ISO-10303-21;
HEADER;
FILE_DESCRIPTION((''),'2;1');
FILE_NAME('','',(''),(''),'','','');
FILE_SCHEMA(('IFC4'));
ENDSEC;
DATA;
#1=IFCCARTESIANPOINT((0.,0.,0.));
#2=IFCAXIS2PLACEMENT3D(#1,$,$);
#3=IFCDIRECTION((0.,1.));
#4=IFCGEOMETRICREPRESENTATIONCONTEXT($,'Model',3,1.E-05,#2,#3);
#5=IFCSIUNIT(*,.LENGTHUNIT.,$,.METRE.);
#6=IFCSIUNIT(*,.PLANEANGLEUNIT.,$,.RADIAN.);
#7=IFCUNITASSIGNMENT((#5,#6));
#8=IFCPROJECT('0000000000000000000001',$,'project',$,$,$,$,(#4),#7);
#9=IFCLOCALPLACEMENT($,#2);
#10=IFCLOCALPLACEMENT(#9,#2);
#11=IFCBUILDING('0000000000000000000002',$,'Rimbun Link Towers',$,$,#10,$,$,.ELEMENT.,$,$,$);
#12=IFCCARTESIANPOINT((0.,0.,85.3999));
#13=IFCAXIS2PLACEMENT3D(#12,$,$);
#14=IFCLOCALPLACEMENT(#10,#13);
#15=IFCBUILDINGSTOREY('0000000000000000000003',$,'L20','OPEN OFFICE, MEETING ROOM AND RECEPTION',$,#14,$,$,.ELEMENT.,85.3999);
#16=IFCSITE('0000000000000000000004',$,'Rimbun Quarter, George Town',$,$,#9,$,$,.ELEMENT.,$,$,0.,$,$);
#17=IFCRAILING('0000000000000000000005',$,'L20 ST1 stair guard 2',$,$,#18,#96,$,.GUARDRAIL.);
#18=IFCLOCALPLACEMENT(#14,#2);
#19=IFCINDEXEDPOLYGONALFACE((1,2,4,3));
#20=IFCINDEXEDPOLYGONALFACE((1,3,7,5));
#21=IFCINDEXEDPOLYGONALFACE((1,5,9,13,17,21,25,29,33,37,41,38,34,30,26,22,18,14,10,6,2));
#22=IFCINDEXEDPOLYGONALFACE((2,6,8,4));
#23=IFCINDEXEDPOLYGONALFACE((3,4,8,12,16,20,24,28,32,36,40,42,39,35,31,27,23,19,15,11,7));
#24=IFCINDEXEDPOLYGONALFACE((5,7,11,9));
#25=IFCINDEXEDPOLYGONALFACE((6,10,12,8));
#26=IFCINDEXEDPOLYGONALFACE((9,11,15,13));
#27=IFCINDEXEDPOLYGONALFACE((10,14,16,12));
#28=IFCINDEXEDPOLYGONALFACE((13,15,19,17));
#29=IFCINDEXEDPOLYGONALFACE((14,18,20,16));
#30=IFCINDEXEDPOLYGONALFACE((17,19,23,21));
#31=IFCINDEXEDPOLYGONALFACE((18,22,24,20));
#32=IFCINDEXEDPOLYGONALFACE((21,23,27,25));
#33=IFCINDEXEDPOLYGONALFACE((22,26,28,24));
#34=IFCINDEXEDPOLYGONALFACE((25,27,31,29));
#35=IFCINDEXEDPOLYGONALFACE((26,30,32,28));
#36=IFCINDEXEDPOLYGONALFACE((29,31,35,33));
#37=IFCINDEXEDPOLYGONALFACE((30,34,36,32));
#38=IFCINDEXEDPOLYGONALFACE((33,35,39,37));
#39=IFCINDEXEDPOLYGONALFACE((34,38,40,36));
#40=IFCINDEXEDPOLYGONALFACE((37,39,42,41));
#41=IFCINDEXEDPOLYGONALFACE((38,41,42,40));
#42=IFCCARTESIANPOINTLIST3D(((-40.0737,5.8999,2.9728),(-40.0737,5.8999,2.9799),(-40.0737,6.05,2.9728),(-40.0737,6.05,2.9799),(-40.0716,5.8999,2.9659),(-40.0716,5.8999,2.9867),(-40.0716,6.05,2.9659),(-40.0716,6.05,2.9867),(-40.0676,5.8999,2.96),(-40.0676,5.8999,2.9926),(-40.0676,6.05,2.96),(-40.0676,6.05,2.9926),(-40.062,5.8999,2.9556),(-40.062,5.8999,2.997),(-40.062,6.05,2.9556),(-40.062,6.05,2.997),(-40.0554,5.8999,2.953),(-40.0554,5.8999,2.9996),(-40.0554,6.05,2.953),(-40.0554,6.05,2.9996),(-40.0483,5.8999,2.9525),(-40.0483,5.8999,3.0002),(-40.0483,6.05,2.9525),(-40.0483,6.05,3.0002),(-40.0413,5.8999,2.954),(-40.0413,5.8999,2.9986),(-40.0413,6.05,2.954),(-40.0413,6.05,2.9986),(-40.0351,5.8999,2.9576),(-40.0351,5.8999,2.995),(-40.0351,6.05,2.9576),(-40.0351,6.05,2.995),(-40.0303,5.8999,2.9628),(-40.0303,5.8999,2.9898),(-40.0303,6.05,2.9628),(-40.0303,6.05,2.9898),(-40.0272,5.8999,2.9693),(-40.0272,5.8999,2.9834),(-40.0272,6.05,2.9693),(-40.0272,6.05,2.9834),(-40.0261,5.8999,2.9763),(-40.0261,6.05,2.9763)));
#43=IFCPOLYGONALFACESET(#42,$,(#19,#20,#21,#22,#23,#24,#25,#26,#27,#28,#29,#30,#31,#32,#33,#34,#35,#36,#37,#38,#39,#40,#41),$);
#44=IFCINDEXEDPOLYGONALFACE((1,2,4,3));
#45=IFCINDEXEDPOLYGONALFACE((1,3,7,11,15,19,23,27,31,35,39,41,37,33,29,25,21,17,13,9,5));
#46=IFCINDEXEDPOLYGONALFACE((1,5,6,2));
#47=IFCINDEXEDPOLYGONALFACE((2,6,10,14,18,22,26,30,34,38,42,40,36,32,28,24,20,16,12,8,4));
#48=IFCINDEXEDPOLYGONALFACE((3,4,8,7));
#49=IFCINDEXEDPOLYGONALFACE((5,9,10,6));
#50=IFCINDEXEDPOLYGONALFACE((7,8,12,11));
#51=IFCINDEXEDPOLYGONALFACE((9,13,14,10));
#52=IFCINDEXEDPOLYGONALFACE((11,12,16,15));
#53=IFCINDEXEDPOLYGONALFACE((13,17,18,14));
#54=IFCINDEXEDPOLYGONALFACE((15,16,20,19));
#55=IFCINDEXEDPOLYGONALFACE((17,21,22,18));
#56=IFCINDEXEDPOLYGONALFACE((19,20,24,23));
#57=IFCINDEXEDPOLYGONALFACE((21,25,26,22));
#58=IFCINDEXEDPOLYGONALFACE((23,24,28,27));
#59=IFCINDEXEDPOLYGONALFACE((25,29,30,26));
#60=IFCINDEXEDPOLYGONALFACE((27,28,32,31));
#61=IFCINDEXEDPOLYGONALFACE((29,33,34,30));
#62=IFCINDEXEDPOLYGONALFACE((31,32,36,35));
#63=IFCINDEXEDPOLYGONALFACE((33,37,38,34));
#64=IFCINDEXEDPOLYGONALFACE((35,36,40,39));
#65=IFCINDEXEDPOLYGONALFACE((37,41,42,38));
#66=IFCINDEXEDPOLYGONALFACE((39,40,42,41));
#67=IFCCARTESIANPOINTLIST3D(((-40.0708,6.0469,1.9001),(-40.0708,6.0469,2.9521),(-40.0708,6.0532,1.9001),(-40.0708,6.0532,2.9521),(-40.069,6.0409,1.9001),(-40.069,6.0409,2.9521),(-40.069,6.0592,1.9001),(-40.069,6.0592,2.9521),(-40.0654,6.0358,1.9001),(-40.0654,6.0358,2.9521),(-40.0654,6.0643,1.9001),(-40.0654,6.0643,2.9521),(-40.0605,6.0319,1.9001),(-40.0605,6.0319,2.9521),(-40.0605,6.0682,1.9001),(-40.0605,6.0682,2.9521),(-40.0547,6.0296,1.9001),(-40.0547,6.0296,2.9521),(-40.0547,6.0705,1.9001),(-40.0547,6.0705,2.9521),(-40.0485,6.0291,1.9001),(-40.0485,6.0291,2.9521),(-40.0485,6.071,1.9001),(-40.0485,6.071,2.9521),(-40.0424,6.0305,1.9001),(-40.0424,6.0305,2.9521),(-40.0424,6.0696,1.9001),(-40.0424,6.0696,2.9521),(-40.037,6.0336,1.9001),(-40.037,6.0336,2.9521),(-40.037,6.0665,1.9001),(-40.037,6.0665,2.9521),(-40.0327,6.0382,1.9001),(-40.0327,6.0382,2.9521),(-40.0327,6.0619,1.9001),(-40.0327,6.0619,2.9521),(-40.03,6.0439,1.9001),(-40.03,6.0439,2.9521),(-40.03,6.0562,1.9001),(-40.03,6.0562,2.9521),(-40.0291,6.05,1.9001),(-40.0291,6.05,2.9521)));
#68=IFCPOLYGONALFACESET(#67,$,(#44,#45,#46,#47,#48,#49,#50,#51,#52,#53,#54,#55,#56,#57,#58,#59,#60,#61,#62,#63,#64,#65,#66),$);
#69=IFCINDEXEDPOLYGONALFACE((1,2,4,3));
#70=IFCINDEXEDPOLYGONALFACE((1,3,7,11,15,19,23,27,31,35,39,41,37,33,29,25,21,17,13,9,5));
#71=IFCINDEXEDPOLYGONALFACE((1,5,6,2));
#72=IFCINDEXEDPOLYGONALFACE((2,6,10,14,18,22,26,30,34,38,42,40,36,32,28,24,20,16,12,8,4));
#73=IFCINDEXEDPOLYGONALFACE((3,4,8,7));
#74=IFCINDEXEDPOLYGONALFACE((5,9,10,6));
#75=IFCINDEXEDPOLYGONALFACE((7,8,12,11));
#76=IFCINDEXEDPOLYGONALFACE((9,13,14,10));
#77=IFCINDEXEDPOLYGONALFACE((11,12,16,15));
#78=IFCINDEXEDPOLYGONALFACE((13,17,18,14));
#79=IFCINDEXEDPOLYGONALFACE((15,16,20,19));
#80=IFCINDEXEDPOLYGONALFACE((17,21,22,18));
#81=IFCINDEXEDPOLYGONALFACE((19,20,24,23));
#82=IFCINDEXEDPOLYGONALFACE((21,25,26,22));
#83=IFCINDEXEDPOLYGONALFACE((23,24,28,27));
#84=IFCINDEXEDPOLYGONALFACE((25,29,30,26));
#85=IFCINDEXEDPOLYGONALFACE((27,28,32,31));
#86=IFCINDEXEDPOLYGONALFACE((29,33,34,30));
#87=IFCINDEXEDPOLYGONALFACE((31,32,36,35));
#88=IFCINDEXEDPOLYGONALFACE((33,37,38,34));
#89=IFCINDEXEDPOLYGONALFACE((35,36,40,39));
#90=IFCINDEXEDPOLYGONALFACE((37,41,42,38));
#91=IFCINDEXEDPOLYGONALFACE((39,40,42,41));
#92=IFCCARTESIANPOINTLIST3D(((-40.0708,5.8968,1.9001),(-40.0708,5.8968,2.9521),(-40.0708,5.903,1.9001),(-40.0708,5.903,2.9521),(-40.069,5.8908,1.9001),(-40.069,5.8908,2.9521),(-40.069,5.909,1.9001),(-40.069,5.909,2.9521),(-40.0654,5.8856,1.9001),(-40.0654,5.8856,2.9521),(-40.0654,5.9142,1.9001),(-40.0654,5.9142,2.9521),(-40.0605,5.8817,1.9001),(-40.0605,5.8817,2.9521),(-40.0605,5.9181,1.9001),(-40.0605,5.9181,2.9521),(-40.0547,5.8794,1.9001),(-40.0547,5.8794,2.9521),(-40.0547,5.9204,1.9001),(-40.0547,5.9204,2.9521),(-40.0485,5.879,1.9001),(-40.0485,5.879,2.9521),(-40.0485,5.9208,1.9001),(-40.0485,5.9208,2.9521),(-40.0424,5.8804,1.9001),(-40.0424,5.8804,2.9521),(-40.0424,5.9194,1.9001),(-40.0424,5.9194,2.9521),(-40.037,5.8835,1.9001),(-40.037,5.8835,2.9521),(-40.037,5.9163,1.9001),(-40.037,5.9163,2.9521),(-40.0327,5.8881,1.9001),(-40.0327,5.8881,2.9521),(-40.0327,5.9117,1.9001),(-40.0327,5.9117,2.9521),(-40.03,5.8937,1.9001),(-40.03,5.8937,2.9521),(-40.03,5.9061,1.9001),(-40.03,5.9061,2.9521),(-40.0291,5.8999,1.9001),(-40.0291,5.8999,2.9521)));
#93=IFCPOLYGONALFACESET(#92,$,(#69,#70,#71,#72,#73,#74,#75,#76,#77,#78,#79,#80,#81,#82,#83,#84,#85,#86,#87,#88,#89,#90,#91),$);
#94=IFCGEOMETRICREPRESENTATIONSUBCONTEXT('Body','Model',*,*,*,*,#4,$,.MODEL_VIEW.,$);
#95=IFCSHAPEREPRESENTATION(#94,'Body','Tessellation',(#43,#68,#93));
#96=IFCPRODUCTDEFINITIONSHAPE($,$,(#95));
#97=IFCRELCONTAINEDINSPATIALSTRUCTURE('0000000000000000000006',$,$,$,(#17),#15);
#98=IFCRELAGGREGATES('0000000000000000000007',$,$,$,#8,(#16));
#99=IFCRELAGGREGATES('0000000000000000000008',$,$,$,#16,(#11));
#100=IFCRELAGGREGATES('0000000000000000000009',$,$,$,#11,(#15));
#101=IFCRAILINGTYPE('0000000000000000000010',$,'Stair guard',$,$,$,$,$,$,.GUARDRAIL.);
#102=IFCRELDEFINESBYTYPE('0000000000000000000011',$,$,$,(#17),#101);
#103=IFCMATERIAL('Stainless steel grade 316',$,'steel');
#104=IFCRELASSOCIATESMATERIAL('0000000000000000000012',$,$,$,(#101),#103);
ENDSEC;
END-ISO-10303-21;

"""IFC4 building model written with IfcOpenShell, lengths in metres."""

from ifc_helpers import new_model, si_unit, direction, frame, origin, origin_2d, place, context, subcontext, project, spatial, circle, extrude, material, type_object, element, save


model = new_model("IFC4")

# Units and contexts
model_context = context("Model", 3, precision=1e-05, world=origin(), true_north=direction((0.0, 1.0)))
body_context = subcontext(model_context, "Body", "Model", "MODEL_VIEW")
ifc_project = project(units=[si_unit("LENGTHUNIT", "METRE"), si_unit("PLANEANGLEUNIT", "RADIAN")], contexts=[model_context])

# Site, building, storey
site_placement = place(None, origin())
site = spatial("IfcSite", under=ifc_project, at=site_placement, Name="Rimbun Quarter, George Town", CompositionType="ELEMENT", RefElevation=0.0)
building_placement = place(site_placement, origin())
building = spatial("IfcBuilding", under=site, at=building_placement, Name="Rimbun Link Towers", CompositionType="ELEMENT")
storey_placement = place(building_placement, frame((0.0, 0.0, 85.3999)))
storey = spatial("IfcBuildingStorey", under=building, at=storey_placement, Name="L20", Description="OPEN OFFICE, MEETING ROOM AND RECEPTION", CompositionType="ELEMENT", Elevation=85.3999)

# Railing
ifc_material_1 = material(Name="Stainless steel grade 316", Category="steel")
railing_type_1 = type_object("IfcRailingType", Name="Stair guard", PredefinedType="GUARDRAIL", material=ifc_material_1)
railing_1_placement = place(storey_placement, frame((-40.05, 6.05, 1.9001)))
element("IfcRailing", 1, at=railing_1_placement, inside=storey, type_object=railing_type_1, Name="L20 ST1 stair guard 2", PredefinedType="GUARDRAIL", context=body_context, shape_type="SweptSolid", body=[
    extrude(circle(Radius=0.0239, at=origin_2d()), frame((0.0, 0.0, 1.0762), z_axis=(0.0, -1.0, 0.0), x_axis=(1.0, 0.0, 0.0)), (0.0, 0.0, 1.0), 0.1501),
    extrude(circle(Radius=0.021, at=origin_2d()), origin(), (0.0, 0.0, 1.0), 1.052),
    extrude(circle(Radius=0.021, at=origin_2d()), frame((0.0, -0.1501, 0.0)), (0.0, 0.0, 1.0), 1.052),
])

save(model, "model.ifc")
